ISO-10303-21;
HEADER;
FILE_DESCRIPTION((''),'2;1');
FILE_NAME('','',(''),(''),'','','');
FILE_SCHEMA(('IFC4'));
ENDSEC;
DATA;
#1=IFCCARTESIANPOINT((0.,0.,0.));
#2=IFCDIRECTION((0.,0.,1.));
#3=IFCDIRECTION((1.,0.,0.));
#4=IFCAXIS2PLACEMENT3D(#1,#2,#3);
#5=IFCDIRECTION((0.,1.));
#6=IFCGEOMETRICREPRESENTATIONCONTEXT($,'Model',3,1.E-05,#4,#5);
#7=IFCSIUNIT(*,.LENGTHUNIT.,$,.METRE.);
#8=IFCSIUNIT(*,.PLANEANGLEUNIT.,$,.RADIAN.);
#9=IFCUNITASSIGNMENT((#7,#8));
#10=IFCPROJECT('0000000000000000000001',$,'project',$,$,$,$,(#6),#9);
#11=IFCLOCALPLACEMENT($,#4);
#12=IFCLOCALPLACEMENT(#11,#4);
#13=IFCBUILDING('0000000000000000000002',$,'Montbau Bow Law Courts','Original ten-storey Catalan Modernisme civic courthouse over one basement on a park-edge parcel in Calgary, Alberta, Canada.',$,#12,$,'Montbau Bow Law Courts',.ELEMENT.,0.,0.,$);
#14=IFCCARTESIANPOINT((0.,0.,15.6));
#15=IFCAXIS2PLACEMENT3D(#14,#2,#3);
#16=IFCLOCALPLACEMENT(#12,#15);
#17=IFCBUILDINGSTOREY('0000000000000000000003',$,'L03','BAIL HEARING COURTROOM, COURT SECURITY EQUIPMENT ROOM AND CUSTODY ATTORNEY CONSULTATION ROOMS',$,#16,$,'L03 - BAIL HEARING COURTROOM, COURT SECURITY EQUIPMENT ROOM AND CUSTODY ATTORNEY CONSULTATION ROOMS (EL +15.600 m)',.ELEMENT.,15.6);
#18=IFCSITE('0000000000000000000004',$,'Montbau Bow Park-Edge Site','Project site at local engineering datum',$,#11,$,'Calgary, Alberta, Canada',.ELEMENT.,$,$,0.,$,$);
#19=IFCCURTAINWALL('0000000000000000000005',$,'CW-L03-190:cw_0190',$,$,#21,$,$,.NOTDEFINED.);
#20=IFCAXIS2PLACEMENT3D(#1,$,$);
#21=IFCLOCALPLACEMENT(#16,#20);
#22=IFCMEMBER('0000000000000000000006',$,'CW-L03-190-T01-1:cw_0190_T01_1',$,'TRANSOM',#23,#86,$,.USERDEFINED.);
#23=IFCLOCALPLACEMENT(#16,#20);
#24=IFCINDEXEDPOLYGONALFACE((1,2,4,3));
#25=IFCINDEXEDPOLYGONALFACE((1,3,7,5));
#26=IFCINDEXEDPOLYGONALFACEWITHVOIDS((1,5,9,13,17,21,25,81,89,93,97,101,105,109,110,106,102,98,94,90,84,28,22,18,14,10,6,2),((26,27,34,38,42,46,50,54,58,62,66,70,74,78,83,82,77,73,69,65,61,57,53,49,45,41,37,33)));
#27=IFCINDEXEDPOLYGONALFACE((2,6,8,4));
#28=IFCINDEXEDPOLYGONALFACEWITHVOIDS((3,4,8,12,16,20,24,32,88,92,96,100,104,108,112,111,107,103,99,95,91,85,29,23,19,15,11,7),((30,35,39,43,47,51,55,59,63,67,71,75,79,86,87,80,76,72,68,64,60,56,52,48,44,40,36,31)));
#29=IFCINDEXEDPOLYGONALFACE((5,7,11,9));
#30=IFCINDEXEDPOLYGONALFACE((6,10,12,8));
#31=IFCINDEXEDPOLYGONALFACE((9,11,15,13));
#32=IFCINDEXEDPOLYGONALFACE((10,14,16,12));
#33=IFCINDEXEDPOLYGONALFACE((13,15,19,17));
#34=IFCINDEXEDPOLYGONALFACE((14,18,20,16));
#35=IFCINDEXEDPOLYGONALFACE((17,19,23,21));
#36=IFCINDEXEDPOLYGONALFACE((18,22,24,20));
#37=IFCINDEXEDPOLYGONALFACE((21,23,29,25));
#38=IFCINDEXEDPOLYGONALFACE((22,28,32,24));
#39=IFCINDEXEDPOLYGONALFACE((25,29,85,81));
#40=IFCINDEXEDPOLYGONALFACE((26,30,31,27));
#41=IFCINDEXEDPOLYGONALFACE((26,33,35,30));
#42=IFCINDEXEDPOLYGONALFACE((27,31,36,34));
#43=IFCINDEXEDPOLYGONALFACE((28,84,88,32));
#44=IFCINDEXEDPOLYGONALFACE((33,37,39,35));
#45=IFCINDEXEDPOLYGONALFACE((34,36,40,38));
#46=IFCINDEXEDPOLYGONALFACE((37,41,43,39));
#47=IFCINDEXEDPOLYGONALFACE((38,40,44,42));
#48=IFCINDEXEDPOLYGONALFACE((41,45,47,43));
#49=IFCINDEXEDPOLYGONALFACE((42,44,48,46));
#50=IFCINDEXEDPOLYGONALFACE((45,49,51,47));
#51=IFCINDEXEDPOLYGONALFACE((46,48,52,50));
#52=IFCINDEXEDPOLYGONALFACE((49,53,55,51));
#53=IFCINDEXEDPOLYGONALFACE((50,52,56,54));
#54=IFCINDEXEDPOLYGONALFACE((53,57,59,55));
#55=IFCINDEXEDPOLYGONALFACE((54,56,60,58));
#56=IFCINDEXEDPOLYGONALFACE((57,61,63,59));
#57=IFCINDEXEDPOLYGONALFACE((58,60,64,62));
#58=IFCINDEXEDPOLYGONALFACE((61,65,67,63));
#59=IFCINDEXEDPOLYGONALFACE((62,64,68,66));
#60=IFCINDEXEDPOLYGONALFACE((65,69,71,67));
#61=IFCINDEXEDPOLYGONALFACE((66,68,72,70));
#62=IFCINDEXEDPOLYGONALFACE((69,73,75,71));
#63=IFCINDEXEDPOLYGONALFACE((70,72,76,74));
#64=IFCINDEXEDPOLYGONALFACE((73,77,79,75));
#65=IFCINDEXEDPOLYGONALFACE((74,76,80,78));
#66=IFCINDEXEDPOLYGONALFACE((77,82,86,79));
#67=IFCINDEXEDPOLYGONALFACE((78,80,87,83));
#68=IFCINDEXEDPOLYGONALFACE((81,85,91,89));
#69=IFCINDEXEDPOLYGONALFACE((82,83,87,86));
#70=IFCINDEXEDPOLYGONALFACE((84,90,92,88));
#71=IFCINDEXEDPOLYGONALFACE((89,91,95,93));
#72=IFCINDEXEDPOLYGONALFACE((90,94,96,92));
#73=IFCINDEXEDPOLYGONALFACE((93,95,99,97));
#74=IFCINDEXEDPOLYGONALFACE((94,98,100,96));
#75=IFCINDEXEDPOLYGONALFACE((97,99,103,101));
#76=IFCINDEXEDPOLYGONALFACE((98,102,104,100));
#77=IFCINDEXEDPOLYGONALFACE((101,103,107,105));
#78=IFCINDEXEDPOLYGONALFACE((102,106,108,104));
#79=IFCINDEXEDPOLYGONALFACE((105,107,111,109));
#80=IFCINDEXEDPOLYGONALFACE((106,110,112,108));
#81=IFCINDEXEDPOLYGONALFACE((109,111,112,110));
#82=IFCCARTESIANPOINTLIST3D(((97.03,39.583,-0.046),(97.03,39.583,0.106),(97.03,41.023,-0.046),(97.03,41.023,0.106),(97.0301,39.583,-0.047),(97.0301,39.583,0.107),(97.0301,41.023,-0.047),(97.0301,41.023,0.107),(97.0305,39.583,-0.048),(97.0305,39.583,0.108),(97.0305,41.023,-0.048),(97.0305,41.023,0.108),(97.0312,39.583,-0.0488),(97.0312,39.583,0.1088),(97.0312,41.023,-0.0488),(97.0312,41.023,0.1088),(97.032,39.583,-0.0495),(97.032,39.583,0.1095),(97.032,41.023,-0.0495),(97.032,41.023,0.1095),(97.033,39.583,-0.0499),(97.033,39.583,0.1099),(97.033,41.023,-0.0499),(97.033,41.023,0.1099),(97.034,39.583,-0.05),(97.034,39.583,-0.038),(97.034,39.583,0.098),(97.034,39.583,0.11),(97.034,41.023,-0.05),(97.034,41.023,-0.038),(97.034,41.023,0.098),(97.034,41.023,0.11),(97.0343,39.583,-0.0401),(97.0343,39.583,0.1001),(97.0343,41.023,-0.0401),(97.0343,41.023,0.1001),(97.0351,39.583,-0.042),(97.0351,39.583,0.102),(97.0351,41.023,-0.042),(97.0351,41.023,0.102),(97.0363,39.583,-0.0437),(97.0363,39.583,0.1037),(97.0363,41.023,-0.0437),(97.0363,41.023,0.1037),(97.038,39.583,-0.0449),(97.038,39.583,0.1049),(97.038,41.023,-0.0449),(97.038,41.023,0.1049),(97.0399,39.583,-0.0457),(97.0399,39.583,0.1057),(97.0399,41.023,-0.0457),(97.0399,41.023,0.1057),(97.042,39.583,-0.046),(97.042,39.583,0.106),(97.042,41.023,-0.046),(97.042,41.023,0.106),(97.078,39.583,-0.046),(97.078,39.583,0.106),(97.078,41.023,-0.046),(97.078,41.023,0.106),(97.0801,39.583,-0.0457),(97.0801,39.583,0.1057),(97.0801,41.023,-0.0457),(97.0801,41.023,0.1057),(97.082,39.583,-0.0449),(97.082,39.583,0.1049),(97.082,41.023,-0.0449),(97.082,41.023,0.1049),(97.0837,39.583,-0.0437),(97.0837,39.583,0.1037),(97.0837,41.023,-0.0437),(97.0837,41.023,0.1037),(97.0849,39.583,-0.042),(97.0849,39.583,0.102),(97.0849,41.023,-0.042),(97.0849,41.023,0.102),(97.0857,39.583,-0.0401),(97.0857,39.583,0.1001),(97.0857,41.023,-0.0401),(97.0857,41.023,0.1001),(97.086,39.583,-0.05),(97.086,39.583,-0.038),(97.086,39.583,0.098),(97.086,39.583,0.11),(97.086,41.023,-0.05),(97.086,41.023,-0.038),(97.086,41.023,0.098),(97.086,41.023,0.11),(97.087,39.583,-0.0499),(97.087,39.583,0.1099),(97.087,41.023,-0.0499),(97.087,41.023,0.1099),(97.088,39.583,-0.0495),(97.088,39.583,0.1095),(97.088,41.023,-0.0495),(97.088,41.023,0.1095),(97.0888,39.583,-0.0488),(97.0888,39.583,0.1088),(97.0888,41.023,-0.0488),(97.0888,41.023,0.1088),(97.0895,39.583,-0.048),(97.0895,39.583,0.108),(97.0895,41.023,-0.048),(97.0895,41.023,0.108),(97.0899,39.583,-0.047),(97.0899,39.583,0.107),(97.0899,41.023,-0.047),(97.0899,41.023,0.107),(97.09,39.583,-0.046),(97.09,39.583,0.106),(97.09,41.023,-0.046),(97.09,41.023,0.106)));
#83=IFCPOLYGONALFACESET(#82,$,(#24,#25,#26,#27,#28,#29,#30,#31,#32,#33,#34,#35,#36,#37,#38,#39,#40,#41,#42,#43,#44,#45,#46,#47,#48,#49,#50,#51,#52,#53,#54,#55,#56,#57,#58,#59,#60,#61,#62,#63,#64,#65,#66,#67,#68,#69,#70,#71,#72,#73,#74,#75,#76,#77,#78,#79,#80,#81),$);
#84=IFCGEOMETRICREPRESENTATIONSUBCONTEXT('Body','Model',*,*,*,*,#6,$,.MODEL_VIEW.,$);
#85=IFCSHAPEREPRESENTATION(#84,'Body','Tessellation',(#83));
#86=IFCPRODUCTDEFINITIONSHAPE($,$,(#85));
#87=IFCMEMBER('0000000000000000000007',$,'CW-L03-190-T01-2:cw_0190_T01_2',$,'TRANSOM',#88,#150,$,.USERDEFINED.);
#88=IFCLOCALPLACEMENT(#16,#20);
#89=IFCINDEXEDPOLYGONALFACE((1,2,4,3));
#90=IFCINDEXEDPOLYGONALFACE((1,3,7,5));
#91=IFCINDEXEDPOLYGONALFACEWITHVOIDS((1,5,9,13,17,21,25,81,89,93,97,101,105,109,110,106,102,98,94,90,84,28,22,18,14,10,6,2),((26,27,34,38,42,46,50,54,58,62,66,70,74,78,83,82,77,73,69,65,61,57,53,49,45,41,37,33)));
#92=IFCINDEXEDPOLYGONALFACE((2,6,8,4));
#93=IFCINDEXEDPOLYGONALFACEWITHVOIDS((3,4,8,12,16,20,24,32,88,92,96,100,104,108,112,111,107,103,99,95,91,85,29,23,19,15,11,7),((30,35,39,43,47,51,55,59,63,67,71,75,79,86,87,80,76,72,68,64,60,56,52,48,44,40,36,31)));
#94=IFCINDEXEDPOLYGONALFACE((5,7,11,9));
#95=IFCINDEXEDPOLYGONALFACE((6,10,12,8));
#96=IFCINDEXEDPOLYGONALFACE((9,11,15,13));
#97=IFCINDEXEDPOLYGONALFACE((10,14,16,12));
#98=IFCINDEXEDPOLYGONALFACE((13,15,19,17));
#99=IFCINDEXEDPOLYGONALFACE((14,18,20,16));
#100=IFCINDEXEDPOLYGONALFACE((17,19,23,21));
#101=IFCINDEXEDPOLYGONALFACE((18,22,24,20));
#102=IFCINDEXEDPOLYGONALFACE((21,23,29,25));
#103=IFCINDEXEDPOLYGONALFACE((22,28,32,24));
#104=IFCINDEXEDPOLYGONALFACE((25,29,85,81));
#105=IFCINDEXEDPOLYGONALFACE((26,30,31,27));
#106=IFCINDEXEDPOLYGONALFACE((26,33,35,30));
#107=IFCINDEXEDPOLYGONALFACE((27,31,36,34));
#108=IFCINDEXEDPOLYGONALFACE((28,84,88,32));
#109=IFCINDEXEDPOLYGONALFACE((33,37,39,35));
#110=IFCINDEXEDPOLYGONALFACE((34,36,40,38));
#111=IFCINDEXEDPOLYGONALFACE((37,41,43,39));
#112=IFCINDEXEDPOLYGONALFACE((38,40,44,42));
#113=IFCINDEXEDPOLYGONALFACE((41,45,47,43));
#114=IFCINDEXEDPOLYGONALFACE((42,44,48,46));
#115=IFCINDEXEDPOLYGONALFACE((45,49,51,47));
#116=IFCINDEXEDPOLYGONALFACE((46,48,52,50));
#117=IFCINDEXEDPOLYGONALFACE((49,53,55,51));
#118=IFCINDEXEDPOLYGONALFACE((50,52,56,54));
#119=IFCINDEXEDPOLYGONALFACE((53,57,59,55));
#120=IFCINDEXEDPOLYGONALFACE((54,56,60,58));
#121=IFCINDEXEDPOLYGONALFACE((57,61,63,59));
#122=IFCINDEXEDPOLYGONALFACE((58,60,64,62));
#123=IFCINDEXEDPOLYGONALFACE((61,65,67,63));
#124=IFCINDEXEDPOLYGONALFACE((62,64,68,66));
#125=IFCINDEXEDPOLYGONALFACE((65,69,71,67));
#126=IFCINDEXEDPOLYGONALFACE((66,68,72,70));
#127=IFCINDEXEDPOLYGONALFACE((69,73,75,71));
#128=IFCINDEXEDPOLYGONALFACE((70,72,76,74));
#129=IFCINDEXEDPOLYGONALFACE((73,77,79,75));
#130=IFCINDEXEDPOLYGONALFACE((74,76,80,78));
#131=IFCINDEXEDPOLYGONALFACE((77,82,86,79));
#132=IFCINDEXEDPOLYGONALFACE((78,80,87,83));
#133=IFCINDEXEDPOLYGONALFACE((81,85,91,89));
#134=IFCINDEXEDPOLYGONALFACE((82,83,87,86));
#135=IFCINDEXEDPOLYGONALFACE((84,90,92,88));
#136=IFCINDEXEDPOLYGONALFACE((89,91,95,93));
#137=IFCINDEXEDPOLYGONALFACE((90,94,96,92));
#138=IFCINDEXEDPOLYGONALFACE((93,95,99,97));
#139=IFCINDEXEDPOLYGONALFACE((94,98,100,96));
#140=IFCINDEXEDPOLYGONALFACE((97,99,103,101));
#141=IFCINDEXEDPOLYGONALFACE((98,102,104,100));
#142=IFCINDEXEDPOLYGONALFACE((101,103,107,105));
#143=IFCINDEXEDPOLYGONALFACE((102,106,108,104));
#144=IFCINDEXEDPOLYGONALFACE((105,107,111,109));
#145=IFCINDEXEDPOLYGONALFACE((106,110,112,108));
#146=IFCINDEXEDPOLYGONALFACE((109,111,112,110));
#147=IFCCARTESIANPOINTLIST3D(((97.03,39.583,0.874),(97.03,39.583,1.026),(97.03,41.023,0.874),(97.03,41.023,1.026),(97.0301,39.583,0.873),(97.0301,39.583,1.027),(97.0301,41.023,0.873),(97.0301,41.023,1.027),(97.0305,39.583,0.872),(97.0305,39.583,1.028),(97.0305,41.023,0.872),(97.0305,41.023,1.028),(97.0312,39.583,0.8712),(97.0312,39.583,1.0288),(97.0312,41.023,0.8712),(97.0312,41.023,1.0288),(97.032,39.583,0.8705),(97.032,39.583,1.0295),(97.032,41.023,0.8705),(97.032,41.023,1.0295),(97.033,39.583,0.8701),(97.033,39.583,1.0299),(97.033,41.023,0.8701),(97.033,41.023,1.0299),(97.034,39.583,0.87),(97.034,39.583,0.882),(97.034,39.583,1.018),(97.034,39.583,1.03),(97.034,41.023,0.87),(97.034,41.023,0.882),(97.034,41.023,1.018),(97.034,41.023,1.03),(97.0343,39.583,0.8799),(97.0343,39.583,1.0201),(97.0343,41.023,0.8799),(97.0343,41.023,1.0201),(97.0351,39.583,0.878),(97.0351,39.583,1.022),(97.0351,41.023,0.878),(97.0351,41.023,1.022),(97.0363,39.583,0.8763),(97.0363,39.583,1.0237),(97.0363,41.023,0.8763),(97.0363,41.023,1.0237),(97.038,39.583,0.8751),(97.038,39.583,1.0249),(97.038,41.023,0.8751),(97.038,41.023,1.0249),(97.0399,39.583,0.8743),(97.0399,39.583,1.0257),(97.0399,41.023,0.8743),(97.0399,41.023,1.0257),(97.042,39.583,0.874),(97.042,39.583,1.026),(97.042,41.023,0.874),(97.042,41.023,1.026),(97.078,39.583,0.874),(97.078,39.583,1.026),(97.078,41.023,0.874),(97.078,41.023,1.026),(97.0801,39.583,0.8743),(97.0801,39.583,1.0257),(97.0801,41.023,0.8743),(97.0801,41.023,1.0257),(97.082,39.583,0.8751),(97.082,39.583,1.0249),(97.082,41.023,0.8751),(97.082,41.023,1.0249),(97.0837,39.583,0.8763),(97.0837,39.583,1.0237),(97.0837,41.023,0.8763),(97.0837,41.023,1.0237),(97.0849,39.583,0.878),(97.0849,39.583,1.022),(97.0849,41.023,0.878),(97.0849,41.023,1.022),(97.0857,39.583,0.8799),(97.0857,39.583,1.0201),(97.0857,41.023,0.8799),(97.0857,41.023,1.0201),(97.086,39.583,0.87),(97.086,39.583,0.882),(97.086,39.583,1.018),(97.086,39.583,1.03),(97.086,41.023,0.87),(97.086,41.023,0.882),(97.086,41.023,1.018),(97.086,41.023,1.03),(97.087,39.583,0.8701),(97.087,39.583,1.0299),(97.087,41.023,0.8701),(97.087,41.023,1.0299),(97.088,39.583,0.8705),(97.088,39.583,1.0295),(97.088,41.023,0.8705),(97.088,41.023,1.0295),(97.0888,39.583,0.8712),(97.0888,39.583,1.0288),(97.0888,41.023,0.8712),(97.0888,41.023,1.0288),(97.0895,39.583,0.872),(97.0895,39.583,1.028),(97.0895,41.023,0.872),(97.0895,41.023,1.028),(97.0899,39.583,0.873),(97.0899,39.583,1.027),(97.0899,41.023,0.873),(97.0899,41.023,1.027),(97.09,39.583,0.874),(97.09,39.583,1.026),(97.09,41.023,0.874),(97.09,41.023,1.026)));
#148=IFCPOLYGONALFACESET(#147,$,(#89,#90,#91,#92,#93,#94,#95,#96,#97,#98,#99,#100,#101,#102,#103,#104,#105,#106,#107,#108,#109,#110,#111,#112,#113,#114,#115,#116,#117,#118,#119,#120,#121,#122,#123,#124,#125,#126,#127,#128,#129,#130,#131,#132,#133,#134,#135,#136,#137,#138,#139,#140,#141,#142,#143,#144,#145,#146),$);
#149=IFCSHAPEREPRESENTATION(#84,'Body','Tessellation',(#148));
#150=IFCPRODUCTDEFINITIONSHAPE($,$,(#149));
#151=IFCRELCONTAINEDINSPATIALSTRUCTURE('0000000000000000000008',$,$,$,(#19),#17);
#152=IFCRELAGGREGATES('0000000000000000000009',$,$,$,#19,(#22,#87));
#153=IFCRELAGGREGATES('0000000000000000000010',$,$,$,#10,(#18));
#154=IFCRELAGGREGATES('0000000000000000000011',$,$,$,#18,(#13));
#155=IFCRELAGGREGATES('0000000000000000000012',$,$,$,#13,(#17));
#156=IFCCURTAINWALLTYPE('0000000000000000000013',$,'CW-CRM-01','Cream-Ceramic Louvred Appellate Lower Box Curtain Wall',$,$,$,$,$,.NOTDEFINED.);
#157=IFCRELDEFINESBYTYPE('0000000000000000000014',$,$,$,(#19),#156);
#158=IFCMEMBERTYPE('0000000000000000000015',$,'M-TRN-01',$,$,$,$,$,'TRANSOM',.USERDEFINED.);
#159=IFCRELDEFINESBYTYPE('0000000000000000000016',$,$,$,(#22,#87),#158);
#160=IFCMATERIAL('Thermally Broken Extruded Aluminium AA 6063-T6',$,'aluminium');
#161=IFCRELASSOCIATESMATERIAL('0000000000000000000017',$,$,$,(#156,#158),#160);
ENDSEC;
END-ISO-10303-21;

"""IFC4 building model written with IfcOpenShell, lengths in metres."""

from ifc_helpers import new_model, si_unit, direction, frame, origin_with_axes, origin_2d_with_axis, place, context, subcontext, project, spatial, hollow_rectangle, extrude, material, material_profile, profile_set, type_object, element, aggregate, save


model = new_model("IFC4")

# Units and contexts
model_context = context("Model", 3, precision=1e-05, world=origin_with_axes(), true_north=direction((0.0, 1.0)))
body_context = subcontext(model_context, "Body", "Model", "MODEL_VIEW")
ifc_project = project(units=[si_unit("LENGTHUNIT", "METRE"), si_unit("PLANEANGLEUNIT", "RADIAN")], contexts=[model_context])

# Site, building, storey
site_placement = place(None, origin_with_axes())
site = spatial("IfcSite", under=ifc_project, at=site_placement, Name="Montbau Bow Park-Edge Site", Description="Project site at local engineering datum", LongName="Calgary, Alberta, Canada", CompositionType="ELEMENT", RefElevation=0.0)
building_placement = place(site_placement, origin_with_axes())
building = spatial("IfcBuilding", under=site, at=building_placement, Name="Montbau Bow Law Courts", Description="Original ten-storey Catalan Modernisme civic courthouse over one basement on a park-edge parcel in Calgary, Alberta, Canada.", LongName="Montbau Bow Law Courts", CompositionType="ELEMENT", ElevationOfRefHeight=0.0, ElevationOfTerrain=0.0)
storey_placement = place(building_placement, frame((0.0, 0.0, 15.6), z_axis=(0.0, 0.0, 1.0), x_axis=(1.0, 0.0, 0.0)))
storey = spatial("IfcBuildingStorey", under=building, at=storey_placement, Name="L03", Description="BAIL HEARING COURTROOM, COURT SECURITY EQUIPMENT ROOM AND CUSTODY ATTORNEY CONSULTATION ROOMS", LongName="L03 - BAIL HEARING COURTROOM, COURT SECURITY EQUIPMENT ROOM AND CUSTODY ATTORNEY CONSULTATION ROOMS (EL +15.600 m)", CompositionType="ELEMENT", Elevation=15.6)

# Shared definitions
ifc_material_1 = material(Name="Thermally Broken Extruded Aluminium AA 6063-T6", Category="aluminium")
curtain_wall_type = type_object("IfcCurtainWallType", Name="CW-CRM-01", Description="Cream-Ceramic Louvred Appellate Lower Box Curtain Wall", PredefinedType="NOTDEFINED", material=ifc_material_1)

# Curtain wall
curtain_wall_1_placement = place(None, frame((97.06, 39.515, 15.6), z_axis=(0.0, 0.0, 1.0), x_axis=(1.0, 0.0, 0.0)))
curtain_wall_1 = element("IfcCurtainWall", 1, at=curtain_wall_1_placement, inside=storey, type_object=curtain_wall_type, Name="CW-L03-190:cw_0190", PredefinedType="NOTDEFINED")

# Members
ifc_material_profile_1 = material_profile(ifc_material_1, hollow_rectangle(XDim=0.06, YDim=0.16, WallThickness=0.004, InnerFilletRadius=0.008, OuterFilletRadius=0.004, at=origin_2d_with_axis()), Name="CWT-160X60", Category="Main", Priority=0)
ifc_profile_set_1 = profile_set([ifc_material_profile_1], Name="Thermally Broken Extruded Aluminium AA 6063-T6")
member_type_1 = type_object("IfcMemberType", Name="M-TRN-01", ElementType="TRANSOM", PredefinedType="USERDEFINED", material=ifc_profile_set_1)
member_1_placement = place(None, frame((97.06, 39.583, 15.63), z_axis=(0.0, 1.0, 0.0), x_axis=(-1.0, 0.0, 0.0)))
member_1 = element("IfcMember", 2, at=member_1_placement, type_object=member_type_1, Name="CW-L03-190-T01-1:cw_0190_T01_1", ObjectType="TRANSOM", PredefinedType="USERDEFINED", context=body_context, shape_type="SweptSolid", body=[
    extrude(hollow_rectangle(XDim=0.06, YDim=0.16, WallThickness=0.004, InnerFilletRadius=0.008, OuterFilletRadius=0.004, at=origin_2d_with_axis()), origin_with_axes(), (0.0, 0.0, 1.0), 1.44),
])
member_2_placement = place(None, frame((97.06, 39.583, 16.55), z_axis=(0.0, 1.0, 0.0), x_axis=(-1.0, 0.0, 0.0)))
member_2 = element("IfcMember", 3, at=member_2_placement, type_object=member_type_1, Name="CW-L03-190-T01-2:cw_0190_T01_2", ObjectType="TRANSOM", PredefinedType="USERDEFINED", context=body_context, shape_type="SweptSolid", body=[
    extrude(hollow_rectangle(XDim=0.06, YDim=0.16, WallThickness=0.004, InnerFilletRadius=0.008, OuterFilletRadius=0.004, at=origin_2d_with_axis()), origin_with_axes(), (0.0, 0.0, 1.0), 1.44),
])

aggregate(curtain_wall_1, [member_1, member_2])

save(model, "model.ifc")
